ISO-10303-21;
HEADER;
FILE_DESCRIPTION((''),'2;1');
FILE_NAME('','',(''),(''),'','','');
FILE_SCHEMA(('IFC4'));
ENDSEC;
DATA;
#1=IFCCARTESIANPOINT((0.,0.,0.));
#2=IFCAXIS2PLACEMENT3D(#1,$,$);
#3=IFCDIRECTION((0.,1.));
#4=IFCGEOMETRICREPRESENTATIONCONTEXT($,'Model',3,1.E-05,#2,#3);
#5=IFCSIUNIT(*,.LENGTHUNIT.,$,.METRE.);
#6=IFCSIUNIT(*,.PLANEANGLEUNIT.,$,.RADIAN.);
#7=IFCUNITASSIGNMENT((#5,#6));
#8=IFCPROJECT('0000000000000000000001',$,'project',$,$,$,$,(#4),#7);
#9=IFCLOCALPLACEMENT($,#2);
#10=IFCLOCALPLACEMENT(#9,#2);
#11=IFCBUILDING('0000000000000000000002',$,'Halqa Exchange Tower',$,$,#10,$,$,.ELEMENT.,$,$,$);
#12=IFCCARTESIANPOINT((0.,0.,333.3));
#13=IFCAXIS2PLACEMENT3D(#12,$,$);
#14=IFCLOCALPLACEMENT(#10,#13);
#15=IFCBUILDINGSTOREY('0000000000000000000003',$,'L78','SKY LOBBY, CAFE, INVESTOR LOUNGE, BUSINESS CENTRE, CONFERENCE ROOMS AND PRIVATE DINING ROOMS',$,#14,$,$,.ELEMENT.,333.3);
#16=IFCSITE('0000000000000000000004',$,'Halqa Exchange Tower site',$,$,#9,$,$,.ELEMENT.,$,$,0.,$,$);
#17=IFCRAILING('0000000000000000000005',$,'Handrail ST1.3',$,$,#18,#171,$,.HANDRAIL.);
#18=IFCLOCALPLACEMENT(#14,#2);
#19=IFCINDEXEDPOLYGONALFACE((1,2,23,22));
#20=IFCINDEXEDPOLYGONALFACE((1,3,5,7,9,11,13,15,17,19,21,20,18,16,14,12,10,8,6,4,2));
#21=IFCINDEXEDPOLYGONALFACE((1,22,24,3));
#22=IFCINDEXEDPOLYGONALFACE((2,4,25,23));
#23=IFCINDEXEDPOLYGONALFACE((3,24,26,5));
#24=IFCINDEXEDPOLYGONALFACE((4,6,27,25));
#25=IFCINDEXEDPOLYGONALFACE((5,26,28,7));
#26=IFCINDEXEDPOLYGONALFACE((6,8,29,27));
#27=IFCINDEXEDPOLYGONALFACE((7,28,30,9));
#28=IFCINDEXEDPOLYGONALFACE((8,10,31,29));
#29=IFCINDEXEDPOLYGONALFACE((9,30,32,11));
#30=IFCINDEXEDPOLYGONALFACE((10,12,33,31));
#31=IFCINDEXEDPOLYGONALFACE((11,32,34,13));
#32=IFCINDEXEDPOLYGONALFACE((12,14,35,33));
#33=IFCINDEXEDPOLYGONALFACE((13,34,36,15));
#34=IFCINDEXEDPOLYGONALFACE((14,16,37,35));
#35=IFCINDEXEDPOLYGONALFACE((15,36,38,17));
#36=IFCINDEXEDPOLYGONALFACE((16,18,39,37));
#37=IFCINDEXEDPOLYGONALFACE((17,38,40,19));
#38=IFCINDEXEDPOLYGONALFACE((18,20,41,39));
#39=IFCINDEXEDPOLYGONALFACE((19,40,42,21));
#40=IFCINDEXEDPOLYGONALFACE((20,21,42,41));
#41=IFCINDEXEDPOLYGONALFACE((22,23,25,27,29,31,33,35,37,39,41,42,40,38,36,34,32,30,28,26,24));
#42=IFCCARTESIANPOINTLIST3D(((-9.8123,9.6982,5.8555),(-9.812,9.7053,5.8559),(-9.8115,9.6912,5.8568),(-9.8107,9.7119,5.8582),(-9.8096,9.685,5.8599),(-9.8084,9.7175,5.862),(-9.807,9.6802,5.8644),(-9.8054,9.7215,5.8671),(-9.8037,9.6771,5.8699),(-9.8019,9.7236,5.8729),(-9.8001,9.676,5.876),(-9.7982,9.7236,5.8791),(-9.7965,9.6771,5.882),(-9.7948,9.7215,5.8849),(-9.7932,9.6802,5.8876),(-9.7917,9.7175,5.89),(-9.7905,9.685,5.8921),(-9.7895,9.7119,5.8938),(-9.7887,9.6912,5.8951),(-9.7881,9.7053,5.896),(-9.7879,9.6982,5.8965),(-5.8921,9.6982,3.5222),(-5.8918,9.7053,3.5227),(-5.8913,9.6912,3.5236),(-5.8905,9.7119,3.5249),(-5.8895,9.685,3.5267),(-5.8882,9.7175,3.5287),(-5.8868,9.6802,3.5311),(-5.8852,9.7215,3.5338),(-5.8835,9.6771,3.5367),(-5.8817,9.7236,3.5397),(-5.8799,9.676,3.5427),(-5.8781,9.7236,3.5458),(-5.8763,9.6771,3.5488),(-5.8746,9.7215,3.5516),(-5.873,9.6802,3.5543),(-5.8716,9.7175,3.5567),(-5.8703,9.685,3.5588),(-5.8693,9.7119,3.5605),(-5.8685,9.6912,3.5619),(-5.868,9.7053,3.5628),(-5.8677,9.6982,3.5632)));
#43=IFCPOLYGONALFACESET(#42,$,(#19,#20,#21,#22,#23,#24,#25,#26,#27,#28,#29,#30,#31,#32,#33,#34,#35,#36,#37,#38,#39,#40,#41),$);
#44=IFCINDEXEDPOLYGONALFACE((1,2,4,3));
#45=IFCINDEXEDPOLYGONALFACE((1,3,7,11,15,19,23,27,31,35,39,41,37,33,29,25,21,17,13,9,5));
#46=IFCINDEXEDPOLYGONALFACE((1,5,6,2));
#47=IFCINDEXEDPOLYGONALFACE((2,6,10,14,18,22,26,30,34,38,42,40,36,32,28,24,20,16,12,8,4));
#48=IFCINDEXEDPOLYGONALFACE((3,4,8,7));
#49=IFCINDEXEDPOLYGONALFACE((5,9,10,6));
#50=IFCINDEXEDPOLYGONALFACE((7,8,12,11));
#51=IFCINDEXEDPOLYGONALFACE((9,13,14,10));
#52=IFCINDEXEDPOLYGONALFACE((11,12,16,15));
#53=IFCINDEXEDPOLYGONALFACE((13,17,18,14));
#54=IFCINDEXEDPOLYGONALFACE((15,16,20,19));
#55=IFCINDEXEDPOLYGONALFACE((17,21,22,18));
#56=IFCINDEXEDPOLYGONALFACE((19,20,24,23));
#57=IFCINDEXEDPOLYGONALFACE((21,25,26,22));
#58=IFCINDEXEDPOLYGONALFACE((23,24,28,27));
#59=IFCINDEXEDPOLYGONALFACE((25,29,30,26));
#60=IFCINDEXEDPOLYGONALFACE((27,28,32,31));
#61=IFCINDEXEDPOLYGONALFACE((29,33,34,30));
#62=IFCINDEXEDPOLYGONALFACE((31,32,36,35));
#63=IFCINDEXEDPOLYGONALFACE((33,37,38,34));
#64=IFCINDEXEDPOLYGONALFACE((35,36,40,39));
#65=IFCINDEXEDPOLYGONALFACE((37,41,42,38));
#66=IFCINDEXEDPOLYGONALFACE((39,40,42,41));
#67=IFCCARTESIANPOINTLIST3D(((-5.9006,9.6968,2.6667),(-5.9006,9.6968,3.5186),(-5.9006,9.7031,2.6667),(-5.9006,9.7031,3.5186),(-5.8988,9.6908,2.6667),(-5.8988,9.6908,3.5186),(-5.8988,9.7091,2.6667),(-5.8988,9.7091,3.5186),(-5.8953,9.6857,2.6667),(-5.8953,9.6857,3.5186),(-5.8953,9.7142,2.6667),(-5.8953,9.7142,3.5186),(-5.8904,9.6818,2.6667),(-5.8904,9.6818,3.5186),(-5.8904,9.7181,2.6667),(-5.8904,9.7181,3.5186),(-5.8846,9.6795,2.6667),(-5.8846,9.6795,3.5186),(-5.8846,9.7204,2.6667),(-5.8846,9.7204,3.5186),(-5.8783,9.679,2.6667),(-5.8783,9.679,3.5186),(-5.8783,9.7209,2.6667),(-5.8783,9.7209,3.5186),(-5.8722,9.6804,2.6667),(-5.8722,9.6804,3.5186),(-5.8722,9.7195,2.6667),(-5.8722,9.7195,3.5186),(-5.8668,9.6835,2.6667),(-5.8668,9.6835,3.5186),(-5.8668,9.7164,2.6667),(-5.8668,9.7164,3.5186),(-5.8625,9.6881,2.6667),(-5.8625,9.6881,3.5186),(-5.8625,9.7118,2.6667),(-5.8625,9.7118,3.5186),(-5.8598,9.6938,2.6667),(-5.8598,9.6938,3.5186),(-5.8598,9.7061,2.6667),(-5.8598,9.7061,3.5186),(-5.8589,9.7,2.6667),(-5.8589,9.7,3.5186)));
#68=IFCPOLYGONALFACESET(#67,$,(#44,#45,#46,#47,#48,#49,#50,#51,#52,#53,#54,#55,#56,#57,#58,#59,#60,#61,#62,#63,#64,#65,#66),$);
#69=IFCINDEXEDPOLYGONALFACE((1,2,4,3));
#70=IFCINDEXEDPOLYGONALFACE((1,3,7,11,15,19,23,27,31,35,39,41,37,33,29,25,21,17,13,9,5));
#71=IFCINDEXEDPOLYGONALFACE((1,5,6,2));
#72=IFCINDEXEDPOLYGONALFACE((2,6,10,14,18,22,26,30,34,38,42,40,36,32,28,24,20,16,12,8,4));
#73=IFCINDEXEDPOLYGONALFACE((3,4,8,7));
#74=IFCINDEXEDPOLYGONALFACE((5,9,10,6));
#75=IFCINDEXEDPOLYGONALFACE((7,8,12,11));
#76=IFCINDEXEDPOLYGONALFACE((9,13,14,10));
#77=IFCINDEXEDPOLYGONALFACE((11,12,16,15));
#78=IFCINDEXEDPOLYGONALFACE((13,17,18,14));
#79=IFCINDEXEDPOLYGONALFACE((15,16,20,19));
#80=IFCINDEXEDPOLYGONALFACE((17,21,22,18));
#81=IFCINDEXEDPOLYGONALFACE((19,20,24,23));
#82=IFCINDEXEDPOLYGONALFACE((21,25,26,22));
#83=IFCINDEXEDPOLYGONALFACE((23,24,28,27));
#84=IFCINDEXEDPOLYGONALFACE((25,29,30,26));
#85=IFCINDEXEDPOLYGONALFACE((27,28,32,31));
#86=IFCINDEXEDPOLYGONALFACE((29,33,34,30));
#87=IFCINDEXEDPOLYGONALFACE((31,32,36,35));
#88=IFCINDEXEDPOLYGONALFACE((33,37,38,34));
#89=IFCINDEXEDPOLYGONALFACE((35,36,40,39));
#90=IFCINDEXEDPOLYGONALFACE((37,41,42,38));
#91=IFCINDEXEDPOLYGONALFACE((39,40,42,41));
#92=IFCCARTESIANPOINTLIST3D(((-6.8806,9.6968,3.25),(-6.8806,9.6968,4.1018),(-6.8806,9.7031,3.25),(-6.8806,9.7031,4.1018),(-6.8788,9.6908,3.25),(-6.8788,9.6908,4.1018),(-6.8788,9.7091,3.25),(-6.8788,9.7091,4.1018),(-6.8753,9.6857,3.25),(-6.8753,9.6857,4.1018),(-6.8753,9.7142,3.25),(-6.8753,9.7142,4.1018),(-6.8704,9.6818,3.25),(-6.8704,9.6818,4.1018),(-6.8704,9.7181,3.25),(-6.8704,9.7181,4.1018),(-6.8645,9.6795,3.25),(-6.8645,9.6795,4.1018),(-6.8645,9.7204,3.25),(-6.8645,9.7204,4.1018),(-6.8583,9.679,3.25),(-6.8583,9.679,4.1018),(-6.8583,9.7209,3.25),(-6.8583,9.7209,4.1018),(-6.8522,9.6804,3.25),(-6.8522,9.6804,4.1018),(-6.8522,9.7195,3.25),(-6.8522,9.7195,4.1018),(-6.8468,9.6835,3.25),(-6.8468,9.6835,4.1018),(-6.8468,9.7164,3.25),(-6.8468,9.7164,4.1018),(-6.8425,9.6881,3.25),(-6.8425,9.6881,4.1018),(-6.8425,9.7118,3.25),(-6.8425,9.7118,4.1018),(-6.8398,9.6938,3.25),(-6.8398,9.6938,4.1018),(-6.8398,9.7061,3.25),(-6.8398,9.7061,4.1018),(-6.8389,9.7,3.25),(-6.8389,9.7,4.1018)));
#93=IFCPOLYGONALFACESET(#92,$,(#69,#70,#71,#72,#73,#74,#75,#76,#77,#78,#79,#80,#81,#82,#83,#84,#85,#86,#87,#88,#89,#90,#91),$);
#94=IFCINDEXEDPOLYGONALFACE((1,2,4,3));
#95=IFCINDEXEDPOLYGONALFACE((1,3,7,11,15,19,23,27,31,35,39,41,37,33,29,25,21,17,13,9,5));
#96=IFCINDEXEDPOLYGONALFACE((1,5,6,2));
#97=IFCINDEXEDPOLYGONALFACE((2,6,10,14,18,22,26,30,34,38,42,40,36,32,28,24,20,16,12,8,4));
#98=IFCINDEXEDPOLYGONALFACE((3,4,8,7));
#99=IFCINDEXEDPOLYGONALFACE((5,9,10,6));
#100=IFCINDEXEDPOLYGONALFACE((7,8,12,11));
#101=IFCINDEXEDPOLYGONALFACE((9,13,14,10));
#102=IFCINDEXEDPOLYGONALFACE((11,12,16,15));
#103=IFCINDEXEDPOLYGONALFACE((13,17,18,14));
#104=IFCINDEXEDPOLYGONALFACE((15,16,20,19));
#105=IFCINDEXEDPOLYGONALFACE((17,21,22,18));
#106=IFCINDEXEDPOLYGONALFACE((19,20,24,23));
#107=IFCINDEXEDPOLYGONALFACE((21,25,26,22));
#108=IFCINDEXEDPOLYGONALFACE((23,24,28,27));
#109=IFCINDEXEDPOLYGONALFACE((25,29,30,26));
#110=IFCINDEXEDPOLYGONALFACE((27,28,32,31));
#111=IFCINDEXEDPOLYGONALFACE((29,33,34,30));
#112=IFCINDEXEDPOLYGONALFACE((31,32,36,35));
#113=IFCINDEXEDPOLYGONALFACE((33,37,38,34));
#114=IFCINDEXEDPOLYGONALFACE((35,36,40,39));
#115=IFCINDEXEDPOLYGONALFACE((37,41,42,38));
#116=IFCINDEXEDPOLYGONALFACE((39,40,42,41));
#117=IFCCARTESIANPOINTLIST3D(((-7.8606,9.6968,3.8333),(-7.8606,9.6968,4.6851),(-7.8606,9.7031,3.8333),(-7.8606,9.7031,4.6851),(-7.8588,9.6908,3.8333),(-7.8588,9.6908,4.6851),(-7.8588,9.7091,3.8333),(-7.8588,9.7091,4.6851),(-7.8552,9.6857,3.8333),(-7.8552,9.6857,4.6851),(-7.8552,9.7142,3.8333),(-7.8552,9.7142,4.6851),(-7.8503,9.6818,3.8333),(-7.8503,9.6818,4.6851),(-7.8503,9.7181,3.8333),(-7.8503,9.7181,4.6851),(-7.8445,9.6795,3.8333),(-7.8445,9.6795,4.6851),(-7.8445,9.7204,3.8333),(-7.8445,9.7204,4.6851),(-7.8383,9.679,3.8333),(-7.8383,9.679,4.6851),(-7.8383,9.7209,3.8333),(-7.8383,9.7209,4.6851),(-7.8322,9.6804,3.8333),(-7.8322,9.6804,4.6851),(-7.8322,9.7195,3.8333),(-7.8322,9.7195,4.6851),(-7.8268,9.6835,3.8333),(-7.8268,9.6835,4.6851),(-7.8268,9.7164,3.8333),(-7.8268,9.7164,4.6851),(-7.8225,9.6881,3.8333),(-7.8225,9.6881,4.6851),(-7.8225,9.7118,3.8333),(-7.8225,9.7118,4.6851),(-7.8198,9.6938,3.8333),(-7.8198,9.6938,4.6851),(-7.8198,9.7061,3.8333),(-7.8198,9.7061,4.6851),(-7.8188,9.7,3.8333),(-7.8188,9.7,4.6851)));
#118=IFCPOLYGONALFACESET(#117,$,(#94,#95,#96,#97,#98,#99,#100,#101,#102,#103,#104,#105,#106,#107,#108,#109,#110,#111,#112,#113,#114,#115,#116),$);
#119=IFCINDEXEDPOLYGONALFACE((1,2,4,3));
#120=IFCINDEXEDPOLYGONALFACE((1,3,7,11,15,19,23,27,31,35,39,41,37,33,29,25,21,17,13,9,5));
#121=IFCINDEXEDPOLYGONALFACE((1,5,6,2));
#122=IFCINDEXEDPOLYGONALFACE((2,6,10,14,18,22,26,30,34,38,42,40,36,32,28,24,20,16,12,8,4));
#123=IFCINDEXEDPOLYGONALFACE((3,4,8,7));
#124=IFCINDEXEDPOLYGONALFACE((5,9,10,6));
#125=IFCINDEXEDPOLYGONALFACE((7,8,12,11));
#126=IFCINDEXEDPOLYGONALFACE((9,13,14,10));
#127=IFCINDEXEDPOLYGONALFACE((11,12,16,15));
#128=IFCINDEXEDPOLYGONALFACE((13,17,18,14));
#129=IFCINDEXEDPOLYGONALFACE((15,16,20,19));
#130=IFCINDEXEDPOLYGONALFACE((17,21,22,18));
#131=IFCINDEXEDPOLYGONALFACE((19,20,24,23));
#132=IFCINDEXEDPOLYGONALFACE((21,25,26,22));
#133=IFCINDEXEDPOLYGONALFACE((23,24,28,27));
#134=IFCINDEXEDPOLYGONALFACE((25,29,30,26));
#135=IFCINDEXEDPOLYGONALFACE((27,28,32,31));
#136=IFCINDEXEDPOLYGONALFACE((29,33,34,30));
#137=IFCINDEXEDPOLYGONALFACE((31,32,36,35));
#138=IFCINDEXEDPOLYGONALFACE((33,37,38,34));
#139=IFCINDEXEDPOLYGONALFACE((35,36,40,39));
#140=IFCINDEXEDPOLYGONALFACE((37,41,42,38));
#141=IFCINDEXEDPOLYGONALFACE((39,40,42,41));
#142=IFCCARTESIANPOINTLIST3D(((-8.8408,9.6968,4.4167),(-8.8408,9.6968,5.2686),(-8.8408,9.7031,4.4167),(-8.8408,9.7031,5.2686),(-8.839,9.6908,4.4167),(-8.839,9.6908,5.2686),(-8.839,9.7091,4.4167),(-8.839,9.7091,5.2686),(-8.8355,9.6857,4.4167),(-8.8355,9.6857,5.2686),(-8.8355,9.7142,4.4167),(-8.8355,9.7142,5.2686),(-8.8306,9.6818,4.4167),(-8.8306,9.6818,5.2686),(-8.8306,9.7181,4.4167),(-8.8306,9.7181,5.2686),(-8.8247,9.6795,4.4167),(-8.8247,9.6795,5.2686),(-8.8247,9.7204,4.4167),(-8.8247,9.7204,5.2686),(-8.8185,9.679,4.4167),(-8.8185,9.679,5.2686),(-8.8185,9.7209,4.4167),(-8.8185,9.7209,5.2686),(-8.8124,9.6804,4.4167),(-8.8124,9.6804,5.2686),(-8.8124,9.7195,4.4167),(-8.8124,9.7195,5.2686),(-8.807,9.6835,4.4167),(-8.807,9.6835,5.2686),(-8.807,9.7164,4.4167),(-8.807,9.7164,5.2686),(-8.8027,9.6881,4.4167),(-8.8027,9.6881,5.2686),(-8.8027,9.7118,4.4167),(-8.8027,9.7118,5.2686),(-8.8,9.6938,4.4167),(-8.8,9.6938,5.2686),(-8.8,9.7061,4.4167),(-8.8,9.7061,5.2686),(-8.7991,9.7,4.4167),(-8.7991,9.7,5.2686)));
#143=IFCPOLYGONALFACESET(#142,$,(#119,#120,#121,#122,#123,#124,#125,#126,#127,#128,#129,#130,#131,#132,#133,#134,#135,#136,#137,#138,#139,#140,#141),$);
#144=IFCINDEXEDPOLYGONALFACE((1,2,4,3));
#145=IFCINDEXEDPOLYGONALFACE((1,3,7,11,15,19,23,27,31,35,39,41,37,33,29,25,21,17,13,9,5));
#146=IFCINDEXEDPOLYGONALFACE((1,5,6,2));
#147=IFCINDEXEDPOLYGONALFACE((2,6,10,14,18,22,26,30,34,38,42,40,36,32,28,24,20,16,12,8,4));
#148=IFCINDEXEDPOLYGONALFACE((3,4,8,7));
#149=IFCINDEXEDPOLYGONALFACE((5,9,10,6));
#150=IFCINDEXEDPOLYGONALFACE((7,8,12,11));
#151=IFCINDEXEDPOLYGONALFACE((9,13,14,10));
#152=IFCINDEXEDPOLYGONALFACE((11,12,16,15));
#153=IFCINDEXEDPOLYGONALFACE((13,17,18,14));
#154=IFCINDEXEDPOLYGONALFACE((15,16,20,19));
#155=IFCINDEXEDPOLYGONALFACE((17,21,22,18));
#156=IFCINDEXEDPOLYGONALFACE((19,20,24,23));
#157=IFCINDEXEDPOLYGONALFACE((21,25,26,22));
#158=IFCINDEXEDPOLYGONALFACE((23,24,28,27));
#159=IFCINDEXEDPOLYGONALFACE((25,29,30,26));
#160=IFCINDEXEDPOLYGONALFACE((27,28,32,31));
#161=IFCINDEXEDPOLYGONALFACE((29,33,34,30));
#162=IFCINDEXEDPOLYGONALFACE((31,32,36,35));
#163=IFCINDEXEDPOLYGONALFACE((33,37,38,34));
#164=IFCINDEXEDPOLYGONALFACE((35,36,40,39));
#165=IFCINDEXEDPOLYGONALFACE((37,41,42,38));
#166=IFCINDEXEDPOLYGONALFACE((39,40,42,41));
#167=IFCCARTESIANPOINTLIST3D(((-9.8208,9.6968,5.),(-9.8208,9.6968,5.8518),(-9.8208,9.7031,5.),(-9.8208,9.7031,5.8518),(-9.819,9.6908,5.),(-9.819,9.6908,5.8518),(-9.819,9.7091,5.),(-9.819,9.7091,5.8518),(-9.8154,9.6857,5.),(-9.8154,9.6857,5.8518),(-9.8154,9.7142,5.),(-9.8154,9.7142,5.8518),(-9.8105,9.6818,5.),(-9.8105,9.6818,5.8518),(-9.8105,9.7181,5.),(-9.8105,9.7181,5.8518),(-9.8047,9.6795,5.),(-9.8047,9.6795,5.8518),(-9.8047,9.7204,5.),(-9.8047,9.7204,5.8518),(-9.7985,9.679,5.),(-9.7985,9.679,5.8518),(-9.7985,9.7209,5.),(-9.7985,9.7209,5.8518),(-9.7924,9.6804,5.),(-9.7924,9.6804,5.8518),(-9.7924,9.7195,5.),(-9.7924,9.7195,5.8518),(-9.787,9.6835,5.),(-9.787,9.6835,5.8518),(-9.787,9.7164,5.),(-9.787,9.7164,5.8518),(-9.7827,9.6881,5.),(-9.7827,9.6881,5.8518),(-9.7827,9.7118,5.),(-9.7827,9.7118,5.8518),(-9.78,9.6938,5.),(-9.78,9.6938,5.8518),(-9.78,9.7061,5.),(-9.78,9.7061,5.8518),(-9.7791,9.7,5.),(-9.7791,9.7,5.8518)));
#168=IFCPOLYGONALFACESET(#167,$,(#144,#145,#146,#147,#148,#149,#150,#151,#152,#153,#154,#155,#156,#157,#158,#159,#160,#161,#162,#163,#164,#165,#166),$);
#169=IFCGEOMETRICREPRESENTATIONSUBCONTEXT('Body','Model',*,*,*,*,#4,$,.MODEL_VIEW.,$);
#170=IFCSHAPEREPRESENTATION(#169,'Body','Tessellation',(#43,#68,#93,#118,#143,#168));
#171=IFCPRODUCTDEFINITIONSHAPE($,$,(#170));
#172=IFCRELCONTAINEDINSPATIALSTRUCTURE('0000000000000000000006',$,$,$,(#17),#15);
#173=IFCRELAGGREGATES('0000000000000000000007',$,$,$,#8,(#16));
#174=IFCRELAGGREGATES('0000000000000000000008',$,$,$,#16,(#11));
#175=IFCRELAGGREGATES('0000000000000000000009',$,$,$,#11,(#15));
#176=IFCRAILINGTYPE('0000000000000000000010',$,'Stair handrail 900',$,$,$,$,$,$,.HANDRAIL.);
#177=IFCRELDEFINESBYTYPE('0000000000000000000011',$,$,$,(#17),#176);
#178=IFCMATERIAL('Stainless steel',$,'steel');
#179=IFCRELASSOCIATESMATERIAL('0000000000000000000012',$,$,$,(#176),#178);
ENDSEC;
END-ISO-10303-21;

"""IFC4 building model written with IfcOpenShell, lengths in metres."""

from ifc_helpers import new_model, si_unit, direction, frame, origin, origin_2d, place, context, subcontext, project, spatial, circle, extrude, material, type_object, element, save


model = new_model("IFC4")

# Units and contexts
model_context = context("Model", 3, precision=1e-05, world=origin(), true_north=direction((0.0, 1.0)))
body_context = subcontext(model_context, "Body", "Model", "MODEL_VIEW")
ifc_project = project(units=[si_unit("LENGTHUNIT", "METRE"), si_unit("PLANEANGLEUNIT", "RADIAN")], contexts=[model_context])

# Site, building, storey
site_placement = place(None, origin())
site = spatial("IfcSite", under=ifc_project, at=site_placement, Name="Halqa Exchange Tower site", CompositionType="ELEMENT", RefElevation=0.0)
building_placement = place(site_placement, origin())
building = spatial("IfcBuilding", under=site, at=building_placement, Name="Halqa Exchange Tower", CompositionType="ELEMENT")
storey_placement = place(building_placement, frame((0.0, 0.0, 333.3)))
storey = spatial("IfcBuildingStorey", under=building, at=storey_placement, Name="L78", Description="SKY LOBBY, CAFE, INVESTOR LOUNGE, BUSINESS CENTRE, CONFERENCE ROOMS AND PRIVATE DINING ROOMS", CompositionType="ELEMENT", Elevation=333.3)

# Railing
ifc_material_1 = material(Name="Stainless steel", Category="steel")
railing_type = type_object("IfcRailingType", Name="Stair handrail 900", PredefinedType="HANDRAIL", material=ifc_material_1)
railing_1_placement = place(storey_placement, frame((-5.8799, 9.7, 2.6667)))
element("IfcRailing", 1, at=railing_1_placement, inside=storey, type_object=railing_type, Name="Handrail ST1.3", PredefinedType="HANDRAIL", context=body_context, shape_type="SweptSolid", body=[
    extrude(circle(Radius=0.0239, at=origin_2d()), frame((0.0, 0.0, 0.876), z_axis=(-0.85931, 0.0, 0.511455), x_axis=(0.0, -1.0, 0.0)), (0.0, 0.0, 1.0), 4.562),
    extrude(circle(Radius=0.021, at=origin_2d()), origin(), (0.0, 0.0, 1.0), 0.8518),
    extrude(circle(Radius=0.021, at=origin_2d()), frame((-0.98, 0.0, 0.5833)), (0.0, 0.0, 1.0), 0.8518),
    extrude(circle(Radius=0.021, at=origin_2d()), frame((-1.96, 0.0, 1.1665)), (0.0, 0.0, 1.0), 0.8518),
    extrude(circle(Radius=0.021, at=origin_2d()), frame((-2.9402, 0.0, 1.75)), (0.0, 0.0, 1.0), 0.8518),
    extrude(circle(Radius=0.021, at=origin_2d()), frame((-3.9202, 0.0, 2.3333)), (0.0, 0.0, 1.0), 0.8518),
])

save(model, "model.ifc")
